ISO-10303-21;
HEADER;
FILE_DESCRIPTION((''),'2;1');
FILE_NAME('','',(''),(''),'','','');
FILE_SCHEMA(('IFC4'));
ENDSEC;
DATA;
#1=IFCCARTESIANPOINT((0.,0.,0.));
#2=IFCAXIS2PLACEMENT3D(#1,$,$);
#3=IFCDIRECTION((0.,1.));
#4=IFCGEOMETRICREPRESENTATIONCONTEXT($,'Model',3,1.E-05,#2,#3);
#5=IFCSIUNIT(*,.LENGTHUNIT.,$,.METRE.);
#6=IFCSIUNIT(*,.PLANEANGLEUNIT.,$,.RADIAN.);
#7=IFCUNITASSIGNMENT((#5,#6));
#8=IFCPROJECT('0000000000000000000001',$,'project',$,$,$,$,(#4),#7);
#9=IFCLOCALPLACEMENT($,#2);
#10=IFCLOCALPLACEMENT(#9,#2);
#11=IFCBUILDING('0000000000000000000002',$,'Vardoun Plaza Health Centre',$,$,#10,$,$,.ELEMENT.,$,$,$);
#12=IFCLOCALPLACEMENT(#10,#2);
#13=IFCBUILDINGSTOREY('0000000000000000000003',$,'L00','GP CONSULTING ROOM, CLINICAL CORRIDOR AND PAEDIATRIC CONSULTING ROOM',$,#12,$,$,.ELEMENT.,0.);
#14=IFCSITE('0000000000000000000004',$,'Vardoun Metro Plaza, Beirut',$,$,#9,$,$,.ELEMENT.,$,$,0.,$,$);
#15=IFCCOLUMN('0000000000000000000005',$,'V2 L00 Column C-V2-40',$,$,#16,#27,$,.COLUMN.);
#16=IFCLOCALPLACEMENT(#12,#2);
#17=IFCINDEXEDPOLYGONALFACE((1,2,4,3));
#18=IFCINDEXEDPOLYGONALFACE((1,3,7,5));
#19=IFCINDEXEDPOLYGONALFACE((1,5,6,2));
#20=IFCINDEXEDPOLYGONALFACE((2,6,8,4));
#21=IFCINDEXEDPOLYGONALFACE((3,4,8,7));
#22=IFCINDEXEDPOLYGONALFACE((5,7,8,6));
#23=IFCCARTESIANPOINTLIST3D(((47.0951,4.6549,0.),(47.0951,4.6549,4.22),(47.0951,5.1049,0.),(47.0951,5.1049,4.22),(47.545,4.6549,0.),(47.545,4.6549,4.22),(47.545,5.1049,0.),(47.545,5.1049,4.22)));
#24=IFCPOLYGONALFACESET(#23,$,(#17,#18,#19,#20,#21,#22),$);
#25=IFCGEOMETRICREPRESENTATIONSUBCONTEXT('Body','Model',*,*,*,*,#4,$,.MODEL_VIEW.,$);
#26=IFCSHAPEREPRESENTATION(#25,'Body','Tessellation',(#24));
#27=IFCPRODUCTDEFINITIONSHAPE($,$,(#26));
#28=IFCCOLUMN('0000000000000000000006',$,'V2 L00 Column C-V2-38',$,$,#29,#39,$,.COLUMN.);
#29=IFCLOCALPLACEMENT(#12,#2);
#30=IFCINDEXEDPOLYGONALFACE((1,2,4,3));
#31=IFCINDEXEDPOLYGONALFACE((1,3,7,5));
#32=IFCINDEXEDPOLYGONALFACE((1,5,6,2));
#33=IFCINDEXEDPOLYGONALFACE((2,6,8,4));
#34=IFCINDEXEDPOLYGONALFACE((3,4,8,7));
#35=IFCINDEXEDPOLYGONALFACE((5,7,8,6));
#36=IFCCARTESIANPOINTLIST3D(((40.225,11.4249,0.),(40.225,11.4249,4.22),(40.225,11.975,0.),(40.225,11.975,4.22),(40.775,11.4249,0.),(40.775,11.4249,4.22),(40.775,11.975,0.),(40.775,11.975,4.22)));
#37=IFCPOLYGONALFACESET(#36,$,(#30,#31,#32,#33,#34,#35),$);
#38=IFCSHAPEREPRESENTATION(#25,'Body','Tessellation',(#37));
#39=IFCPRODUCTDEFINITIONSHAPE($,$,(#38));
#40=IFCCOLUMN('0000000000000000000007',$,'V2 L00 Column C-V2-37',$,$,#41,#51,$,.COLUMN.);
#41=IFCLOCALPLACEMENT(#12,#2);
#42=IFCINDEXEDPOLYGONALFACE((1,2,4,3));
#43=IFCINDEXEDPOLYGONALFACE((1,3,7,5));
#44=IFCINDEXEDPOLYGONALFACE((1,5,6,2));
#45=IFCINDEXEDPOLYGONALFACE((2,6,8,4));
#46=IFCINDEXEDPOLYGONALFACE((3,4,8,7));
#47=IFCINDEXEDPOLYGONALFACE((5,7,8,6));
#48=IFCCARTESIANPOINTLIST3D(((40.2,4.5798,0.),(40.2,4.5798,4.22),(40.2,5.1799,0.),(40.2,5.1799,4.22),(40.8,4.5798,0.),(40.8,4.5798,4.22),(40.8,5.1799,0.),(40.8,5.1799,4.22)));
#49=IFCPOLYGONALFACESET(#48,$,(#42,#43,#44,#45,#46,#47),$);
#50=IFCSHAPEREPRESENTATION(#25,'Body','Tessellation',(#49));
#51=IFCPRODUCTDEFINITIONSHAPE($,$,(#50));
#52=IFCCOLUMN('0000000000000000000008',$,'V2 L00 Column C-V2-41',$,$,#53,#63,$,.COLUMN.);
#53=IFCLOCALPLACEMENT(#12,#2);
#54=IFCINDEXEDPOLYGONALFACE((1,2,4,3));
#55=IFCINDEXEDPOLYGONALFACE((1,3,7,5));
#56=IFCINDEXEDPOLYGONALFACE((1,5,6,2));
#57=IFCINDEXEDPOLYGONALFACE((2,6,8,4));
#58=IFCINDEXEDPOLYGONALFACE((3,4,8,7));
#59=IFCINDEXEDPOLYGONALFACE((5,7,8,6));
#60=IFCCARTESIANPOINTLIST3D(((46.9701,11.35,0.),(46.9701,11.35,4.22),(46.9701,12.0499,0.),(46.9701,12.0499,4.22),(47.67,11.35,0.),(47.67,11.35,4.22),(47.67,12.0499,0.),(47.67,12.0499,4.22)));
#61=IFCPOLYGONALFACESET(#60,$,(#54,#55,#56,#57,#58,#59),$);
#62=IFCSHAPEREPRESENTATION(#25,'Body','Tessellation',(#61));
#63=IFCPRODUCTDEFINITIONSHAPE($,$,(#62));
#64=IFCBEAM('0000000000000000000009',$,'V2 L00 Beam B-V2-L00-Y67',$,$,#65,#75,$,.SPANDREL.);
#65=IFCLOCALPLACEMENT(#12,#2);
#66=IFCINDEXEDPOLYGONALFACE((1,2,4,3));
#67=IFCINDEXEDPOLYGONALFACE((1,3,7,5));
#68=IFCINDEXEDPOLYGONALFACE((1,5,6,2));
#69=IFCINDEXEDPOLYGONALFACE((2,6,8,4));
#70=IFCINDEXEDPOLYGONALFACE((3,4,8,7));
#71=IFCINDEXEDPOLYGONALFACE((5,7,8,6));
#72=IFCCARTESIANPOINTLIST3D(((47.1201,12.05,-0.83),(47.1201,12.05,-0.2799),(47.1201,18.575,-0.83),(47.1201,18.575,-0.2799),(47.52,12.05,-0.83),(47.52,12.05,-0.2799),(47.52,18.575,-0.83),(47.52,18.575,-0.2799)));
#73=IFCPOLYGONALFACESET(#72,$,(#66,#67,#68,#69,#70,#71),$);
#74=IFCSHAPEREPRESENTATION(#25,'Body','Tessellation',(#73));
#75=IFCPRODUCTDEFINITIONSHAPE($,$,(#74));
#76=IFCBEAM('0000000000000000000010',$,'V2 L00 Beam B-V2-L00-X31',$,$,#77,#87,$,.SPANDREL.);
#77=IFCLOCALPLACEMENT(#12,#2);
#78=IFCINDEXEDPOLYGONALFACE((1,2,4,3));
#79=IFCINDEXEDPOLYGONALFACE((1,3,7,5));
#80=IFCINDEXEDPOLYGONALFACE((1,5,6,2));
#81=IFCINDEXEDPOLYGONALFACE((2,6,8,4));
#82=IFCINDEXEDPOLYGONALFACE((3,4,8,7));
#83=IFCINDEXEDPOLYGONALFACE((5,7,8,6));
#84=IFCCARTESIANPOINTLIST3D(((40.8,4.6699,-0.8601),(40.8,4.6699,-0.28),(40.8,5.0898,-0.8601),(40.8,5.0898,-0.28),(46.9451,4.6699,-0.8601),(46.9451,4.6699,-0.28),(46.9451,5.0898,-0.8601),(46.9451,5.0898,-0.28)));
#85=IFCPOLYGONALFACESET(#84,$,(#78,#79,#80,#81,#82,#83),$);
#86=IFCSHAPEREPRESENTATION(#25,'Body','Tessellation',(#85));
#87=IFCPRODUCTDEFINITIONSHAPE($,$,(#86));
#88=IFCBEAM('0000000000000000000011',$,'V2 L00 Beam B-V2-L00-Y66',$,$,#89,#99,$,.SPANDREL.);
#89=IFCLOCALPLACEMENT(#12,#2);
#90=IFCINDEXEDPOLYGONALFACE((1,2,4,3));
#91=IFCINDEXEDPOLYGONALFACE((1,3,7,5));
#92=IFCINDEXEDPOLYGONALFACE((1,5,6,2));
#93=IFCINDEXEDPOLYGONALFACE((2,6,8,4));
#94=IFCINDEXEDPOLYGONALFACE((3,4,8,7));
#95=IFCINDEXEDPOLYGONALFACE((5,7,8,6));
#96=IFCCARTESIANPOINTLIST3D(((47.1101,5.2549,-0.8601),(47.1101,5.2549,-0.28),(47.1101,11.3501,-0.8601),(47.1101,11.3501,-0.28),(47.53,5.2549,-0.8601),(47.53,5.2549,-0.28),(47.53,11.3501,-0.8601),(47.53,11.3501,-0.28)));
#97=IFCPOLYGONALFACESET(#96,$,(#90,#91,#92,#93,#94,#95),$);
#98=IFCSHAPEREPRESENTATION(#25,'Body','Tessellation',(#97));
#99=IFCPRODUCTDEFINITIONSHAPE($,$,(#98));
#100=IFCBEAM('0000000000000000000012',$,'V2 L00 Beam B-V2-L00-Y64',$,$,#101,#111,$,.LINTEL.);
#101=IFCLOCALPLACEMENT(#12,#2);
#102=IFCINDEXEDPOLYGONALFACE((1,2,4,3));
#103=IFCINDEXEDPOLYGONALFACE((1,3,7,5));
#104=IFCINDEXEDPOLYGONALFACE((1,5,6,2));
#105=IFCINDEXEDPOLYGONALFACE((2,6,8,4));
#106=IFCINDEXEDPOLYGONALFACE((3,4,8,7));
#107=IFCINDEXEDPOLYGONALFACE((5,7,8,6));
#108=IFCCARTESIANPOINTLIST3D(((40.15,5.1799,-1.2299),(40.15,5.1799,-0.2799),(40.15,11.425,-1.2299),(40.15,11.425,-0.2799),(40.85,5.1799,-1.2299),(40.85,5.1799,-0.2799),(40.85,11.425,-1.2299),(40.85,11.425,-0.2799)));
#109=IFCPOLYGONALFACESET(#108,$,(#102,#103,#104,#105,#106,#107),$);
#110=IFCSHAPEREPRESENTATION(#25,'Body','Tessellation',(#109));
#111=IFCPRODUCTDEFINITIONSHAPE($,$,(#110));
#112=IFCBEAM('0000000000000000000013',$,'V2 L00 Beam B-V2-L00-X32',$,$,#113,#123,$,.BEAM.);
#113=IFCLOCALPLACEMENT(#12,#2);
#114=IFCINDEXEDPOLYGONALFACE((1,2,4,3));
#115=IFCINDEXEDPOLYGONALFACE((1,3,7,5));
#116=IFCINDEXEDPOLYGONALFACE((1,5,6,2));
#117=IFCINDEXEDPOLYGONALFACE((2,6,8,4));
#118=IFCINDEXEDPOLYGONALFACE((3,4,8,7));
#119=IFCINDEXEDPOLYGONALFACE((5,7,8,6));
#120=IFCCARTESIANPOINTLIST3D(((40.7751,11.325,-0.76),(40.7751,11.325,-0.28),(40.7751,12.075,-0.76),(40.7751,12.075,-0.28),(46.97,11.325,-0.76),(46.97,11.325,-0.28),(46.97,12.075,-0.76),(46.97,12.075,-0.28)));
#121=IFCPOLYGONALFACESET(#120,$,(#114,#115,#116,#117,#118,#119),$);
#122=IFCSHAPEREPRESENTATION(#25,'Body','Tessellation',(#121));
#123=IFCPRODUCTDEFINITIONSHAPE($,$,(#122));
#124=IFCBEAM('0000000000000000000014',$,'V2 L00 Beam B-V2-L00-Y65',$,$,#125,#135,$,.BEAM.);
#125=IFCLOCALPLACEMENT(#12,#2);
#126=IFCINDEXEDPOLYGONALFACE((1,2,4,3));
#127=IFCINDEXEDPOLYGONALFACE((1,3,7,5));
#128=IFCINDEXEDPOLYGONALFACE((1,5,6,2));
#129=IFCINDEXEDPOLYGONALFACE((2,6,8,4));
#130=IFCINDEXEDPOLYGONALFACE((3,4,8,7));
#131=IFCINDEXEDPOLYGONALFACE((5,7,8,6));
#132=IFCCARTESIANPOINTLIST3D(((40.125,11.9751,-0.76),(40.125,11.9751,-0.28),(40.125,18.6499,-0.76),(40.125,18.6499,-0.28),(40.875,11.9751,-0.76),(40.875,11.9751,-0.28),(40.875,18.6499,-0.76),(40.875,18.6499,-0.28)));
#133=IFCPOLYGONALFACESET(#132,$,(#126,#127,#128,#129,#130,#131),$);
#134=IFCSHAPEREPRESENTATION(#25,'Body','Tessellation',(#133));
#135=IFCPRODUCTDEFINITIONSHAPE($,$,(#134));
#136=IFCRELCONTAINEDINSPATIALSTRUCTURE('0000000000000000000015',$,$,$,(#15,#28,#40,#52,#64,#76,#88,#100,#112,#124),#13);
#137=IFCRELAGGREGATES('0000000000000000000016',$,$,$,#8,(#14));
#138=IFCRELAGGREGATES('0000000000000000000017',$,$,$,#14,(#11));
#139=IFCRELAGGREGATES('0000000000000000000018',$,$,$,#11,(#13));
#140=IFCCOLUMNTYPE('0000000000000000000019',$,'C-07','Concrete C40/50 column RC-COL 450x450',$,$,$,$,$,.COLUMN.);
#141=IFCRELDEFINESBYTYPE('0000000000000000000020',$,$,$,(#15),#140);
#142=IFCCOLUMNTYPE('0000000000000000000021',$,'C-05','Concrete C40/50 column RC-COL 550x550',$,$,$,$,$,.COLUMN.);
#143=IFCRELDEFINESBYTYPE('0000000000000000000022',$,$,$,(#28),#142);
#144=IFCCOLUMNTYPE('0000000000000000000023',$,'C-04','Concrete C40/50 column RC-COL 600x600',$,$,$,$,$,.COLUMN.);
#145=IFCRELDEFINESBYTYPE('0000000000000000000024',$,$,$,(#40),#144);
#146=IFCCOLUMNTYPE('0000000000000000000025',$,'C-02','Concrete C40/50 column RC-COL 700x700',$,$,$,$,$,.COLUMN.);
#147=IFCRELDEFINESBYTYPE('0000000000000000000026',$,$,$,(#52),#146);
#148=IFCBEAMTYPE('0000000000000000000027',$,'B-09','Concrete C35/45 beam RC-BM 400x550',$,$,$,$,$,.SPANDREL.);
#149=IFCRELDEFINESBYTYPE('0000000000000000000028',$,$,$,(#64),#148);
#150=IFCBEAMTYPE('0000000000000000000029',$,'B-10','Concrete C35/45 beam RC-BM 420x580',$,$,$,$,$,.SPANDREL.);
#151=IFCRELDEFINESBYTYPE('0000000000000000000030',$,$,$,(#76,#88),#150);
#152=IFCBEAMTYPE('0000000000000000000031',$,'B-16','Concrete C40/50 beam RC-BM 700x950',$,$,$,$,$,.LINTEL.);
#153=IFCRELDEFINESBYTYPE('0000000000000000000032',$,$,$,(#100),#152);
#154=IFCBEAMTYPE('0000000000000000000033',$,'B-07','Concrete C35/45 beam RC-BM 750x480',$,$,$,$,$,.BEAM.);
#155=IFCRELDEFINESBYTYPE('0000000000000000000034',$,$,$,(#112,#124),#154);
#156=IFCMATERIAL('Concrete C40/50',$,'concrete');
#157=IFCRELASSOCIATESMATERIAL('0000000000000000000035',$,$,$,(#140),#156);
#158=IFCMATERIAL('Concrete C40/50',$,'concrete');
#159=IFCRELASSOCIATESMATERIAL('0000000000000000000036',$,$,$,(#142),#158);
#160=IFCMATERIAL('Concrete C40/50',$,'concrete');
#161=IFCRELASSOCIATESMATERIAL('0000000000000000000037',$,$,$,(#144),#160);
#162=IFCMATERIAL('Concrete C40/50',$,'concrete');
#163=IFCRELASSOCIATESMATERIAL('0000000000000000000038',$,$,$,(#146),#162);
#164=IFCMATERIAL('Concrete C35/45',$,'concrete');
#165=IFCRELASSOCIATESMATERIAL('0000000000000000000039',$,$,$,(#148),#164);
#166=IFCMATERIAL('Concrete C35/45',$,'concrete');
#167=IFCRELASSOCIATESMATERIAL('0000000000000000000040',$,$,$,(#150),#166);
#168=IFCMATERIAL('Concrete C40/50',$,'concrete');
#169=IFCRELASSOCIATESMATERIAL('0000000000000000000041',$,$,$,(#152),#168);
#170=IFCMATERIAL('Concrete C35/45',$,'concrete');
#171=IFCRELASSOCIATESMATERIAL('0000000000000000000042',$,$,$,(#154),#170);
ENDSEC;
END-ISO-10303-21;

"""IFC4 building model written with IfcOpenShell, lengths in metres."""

from ifc_helpers import new_model, si_unit, direction, frame, origin, origin_2d, place, context, subcontext, project, spatial, rectangle, extrude, material, material_profile, profile_set, type_object, element, save


model = new_model("IFC4")

# Units and contexts
model_context = context("Model", 3, precision=1e-05, world=origin(), true_north=direction((0.0, 1.0)))
body_context = subcontext(model_context, "Body", "Model", "MODEL_VIEW")
ifc_project = project(units=[si_unit("LENGTHUNIT", "METRE"), si_unit("PLANEANGLEUNIT", "RADIAN")], contexts=[model_context])

# Site, building, storey
site_placement = place(None, origin())
site = spatial("IfcSite", under=ifc_project, at=site_placement, Name="Vardoun Metro Plaza, Beirut", CompositionType="ELEMENT", RefElevation=0.0)
building_placement = place(site_placement, origin())
building = spatial("IfcBuilding", under=site, at=building_placement, Name="Vardoun Plaza Health Centre", CompositionType="ELEMENT")
storey_placement = place(building_placement, origin())
storey = spatial("IfcBuildingStorey", under=building, at=storey_placement, Name="L00", Description="GP CONSULTING ROOM, CLINICAL CORRIDOR AND PAEDIATRIC CONSULTING ROOM", CompositionType="ELEMENT", Elevation=0.0)

# Columns
ifc_material_1 = material(Name="Concrete C40/50", Category="concrete")
ifc_material_profile_1 = material_profile(ifc_material_1, rectangle(XDim=0.45, YDim=0.45, at=origin_2d()), Name="RC-COL 450x450")
ifc_profile_set_1 = profile_set([ifc_material_profile_1], Name="Concrete C40/50")
column_type_1 = type_object("IfcColumnType", Name="C-07", Description="Concrete C40/50 column RC-COL 450x450", PredefinedType="COLUMN", material=ifc_profile_set_1)
column_1_placement = place(storey_placement, frame((47.3201, 4.8799, 0.0), z_axis=(0.0, 0.0, 1.0), x_axis=(1.0, 0.0, 0.0)))
element("IfcColumn", 1, at=column_1_placement, inside=storey, type_object=column_type_1, Name="V2 L00 Column C-V2-40", PredefinedType="COLUMN", context=body_context, shape_type="SweptSolid", body=[
    extrude(rectangle(XDim=0.45, YDim=0.45, at=origin_2d()), origin(), (0.0, 0.0, 1.0), 4.22),
])
ifc_material_2 = material(Name="Concrete C40/50", Category="concrete")
ifc_material_profile_2 = material_profile(ifc_material_2, rectangle(XDim=0.55, YDim=0.55, at=origin_2d()), Name="RC-COL 550x550")
ifc_profile_set_2 = profile_set([ifc_material_profile_2], Name="Concrete C40/50")
column_type_2 = type_object("IfcColumnType", Name="C-05", Description="Concrete C40/50 column RC-COL 550x550", PredefinedType="COLUMN", material=ifc_profile_set_2)
column_2_placement = place(storey_placement, frame((40.5, 11.7, 0.0), z_axis=(0.0, 0.0, 1.0), x_axis=(1.0, 0.0, 0.0)))
element("IfcColumn", 2, at=column_2_placement, inside=storey, type_object=column_type_2, Name="V2 L00 Column C-V2-38", PredefinedType="COLUMN", context=body_context, shape_type="SweptSolid", body=[
    extrude(rectangle(XDim=0.55, YDim=0.55, at=origin_2d()), origin(), (0.0, 0.0, 1.0), 4.22),
])
ifc_material_3 = material(Name="Concrete C40/50", Category="concrete")
ifc_material_profile_3 = material_profile(ifc_material_3, rectangle(XDim=0.6001, YDim=0.6001, at=origin_2d()), Name="RC-COL 600x600")
ifc_profile_set_3 = profile_set([ifc_material_profile_3], Name="Concrete C40/50")
column_type_3 = type_object("IfcColumnType", Name="C-04", Description="Concrete C40/50 column RC-COL 600x600", PredefinedType="COLUMN", material=ifc_profile_set_3)
column_3_placement = place(storey_placement, frame((40.5, 4.8799, 0.0), z_axis=(0.0, 0.0, 1.0), x_axis=(1.0, 0.0, 0.0)))
element("IfcColumn", 3, at=column_3_placement, inside=storey, type_object=column_type_3, Name="V2 L00 Column C-V2-37", PredefinedType="COLUMN", context=body_context, shape_type="SweptSolid", body=[
    extrude(rectangle(XDim=0.6001, YDim=0.6001, at=origin_2d()), origin(), (0.0, 0.0, 1.0), 4.22),
])
ifc_material_4 = material(Name="Concrete C40/50", Category="concrete")
ifc_material_profile_4 = material_profile(ifc_material_4, rectangle(XDim=0.7, YDim=0.7, at=origin_2d()), Name="RC-COL 700x700")
ifc_profile_set_4 = profile_set([ifc_material_profile_4], Name="Concrete C40/50")
column_type_4 = type_object("IfcColumnType", Name="C-02", Description="Concrete C40/50 column RC-COL 700x700", PredefinedType="COLUMN", material=ifc_profile_set_4)
column_4_placement = place(storey_placement, frame((47.3201, 11.7, 0.0), z_axis=(0.0, 0.0, 1.0), x_axis=(1.0, 0.0, 0.0)))
element("IfcColumn", 4, at=column_4_placement, inside=storey, type_object=column_type_4, Name="V2 L00 Column C-V2-41", PredefinedType="COLUMN", context=body_context, shape_type="SweptSolid", body=[
    extrude(rectangle(XDim=0.7, YDim=0.7, at=origin_2d()), origin(), (0.0, 0.0, 1.0), 4.22),
])

# Beams
ifc_material_5 = material(Name="Concrete C35/45", Category="concrete")
ifc_material_profile_5 = material_profile(ifc_material_5, rectangle(XDim=0.3999, YDim=0.55, at=origin_2d()), Name="RC-BM 400x550")
ifc_profile_set_5 = profile_set([ifc_material_profile_5], Name="Concrete C35/45")
beam_type_1 = type_object("IfcBeamType", Name="B-09", Description="Concrete C35/45 beam RC-BM 400x550", PredefinedType="SPANDREL", material=ifc_profile_set_5)
beam_1_placement = place(storey_placement, frame((47.3201, 12.05, -0.5549), z_axis=(0.0, 1.0, 0.0), x_axis=(-1.0, 0.0, 0.0)))
element("IfcBeam", 5, at=beam_1_placement, inside=storey, type_object=beam_type_1, Name="V2 L00 Beam B-V2-L00-Y67", PredefinedType="SPANDREL", context=body_context, shape_type="SweptSolid", body=[
    extrude(rectangle(XDim=0.3999, YDim=0.55, at=origin_2d()), origin(), (0.0, 0.0, 1.0), 6.5249),
])
ifc_material_6 = material(Name="Concrete C35/45", Category="concrete")
ifc_material_profile_6 = material_profile(ifc_material_6, rectangle(XDim=0.4199, YDim=0.5801, at=origin_2d()), Name="RC-BM 420x580")
ifc_profile_set_6 = profile_set([ifc_material_profile_6], Name="Concrete C35/45")
beam_type_2 = type_object("IfcBeamType", Name="B-10", Description="Concrete C35/45 beam RC-BM 420x580", PredefinedType="SPANDREL", material=ifc_profile_set_6)
beam_2_placement = place(storey_placement, frame((40.8, 4.8799, -0.5701), z_axis=(1.0, 0.0, 0.0), x_axis=(0.0, 1.0, 0.0)))
element("IfcBeam", 6, at=beam_2_placement, inside=storey, type_object=beam_type_2, Name="V2 L00 Beam B-V2-L00-X31", PredefinedType="SPANDREL", context=body_context, shape_type="SweptSolid", body=[
    extrude(rectangle(XDim=0.4199, YDim=0.5801, at=origin_2d()), origin(), (0.0, 0.0, 1.0), 6.145),
])
beam_3_placement = place(storey_placement, frame((47.3201, 5.2549, -0.5701), z_axis=(0.0, 1.0, 0.0), x_axis=(-1.0, 0.0, 0.0)))
element("IfcBeam", 7, at=beam_3_placement, inside=storey, type_object=beam_type_2, Name="V2 L00 Beam B-V2-L00-Y66", PredefinedType="SPANDREL", context=body_context, shape_type="SweptSolid", body=[
    extrude(rectangle(XDim=0.4199, YDim=0.5801, at=origin_2d()), origin(), (0.0, 0.0, 1.0), 6.0952),
])
ifc_material_7 = material(Name="Concrete C40/50", Category="concrete")
ifc_material_profile_7 = material_profile(ifc_material_7, rectangle(XDim=0.7, YDim=0.95, at=origin_2d()), Name="RC-BM 700x950")
ifc_profile_set_7 = profile_set([ifc_material_profile_7], Name="Concrete C40/50")
beam_type_3 = type_object("IfcBeamType", Name="B-16", Description="Concrete C40/50 beam RC-BM 700x950", PredefinedType="LINTEL", material=ifc_profile_set_7)
beam_4_placement = place(storey_placement, frame((40.5, 5.1799, -0.7549), z_axis=(0.0, 1.0, 0.0), x_axis=(-1.0, 0.0, 0.0)))
element("IfcBeam", 8, at=beam_4_placement, inside=storey, type_object=beam_type_3, Name="V2 L00 Beam B-V2-L00-Y64", PredefinedType="LINTEL", context=body_context, shape_type="SweptSolid", body=[
    extrude(rectangle(XDim=0.7, YDim=0.95, at=origin_2d()), origin(), (0.0, 0.0, 1.0), 6.2451),
])
ifc_material_8 = material(Name="Concrete C35/45", Category="concrete")
ifc_material_profile_8 = material_profile(ifc_material_8, rectangle(XDim=0.75, YDim=0.48, at=origin_2d()), Name="RC-BM 750x480")
ifc_profile_set_8 = profile_set([ifc_material_profile_8], Name="Concrete C35/45")
beam_type_4 = type_object("IfcBeamType", Name="B-07", Description="Concrete C35/45 beam RC-BM 750x480", PredefinedType="BEAM", material=ifc_profile_set_8)
beam_5_placement = place(storey_placement, frame((40.7751, 11.7, -0.52), z_axis=(1.0, 0.0, 0.0), x_axis=(0.0, 1.0, 0.0)))
element("IfcBeam", 9, at=beam_5_placement, inside=storey, type_object=beam_type_4, Name="V2 L00 Beam B-V2-L00-X32", PredefinedType="BEAM", context=body_context, shape_type="SweptSolid", body=[
    extrude(rectangle(XDim=0.75, YDim=0.48, at=origin_2d()), origin(), (0.0, 0.0, 1.0), 6.1948),
])
beam_6_placement = place(storey_placement, frame((40.5, 11.9751, -0.52), z_axis=(0.0, 1.0, 0.0), x_axis=(-1.0, 0.0, 0.0)))
element("IfcBeam", 10, at=beam_6_placement, inside=storey, type_object=beam_type_4, Name="V2 L00 Beam B-V2-L00-Y65", PredefinedType="BEAM", context=body_context, shape_type="SweptSolid", body=[
    extrude(rectangle(XDim=0.75, YDim=0.48, at=origin_2d()), origin(), (0.0, 0.0, 1.0), 6.6748),
])

save(model, "model.ifc")
